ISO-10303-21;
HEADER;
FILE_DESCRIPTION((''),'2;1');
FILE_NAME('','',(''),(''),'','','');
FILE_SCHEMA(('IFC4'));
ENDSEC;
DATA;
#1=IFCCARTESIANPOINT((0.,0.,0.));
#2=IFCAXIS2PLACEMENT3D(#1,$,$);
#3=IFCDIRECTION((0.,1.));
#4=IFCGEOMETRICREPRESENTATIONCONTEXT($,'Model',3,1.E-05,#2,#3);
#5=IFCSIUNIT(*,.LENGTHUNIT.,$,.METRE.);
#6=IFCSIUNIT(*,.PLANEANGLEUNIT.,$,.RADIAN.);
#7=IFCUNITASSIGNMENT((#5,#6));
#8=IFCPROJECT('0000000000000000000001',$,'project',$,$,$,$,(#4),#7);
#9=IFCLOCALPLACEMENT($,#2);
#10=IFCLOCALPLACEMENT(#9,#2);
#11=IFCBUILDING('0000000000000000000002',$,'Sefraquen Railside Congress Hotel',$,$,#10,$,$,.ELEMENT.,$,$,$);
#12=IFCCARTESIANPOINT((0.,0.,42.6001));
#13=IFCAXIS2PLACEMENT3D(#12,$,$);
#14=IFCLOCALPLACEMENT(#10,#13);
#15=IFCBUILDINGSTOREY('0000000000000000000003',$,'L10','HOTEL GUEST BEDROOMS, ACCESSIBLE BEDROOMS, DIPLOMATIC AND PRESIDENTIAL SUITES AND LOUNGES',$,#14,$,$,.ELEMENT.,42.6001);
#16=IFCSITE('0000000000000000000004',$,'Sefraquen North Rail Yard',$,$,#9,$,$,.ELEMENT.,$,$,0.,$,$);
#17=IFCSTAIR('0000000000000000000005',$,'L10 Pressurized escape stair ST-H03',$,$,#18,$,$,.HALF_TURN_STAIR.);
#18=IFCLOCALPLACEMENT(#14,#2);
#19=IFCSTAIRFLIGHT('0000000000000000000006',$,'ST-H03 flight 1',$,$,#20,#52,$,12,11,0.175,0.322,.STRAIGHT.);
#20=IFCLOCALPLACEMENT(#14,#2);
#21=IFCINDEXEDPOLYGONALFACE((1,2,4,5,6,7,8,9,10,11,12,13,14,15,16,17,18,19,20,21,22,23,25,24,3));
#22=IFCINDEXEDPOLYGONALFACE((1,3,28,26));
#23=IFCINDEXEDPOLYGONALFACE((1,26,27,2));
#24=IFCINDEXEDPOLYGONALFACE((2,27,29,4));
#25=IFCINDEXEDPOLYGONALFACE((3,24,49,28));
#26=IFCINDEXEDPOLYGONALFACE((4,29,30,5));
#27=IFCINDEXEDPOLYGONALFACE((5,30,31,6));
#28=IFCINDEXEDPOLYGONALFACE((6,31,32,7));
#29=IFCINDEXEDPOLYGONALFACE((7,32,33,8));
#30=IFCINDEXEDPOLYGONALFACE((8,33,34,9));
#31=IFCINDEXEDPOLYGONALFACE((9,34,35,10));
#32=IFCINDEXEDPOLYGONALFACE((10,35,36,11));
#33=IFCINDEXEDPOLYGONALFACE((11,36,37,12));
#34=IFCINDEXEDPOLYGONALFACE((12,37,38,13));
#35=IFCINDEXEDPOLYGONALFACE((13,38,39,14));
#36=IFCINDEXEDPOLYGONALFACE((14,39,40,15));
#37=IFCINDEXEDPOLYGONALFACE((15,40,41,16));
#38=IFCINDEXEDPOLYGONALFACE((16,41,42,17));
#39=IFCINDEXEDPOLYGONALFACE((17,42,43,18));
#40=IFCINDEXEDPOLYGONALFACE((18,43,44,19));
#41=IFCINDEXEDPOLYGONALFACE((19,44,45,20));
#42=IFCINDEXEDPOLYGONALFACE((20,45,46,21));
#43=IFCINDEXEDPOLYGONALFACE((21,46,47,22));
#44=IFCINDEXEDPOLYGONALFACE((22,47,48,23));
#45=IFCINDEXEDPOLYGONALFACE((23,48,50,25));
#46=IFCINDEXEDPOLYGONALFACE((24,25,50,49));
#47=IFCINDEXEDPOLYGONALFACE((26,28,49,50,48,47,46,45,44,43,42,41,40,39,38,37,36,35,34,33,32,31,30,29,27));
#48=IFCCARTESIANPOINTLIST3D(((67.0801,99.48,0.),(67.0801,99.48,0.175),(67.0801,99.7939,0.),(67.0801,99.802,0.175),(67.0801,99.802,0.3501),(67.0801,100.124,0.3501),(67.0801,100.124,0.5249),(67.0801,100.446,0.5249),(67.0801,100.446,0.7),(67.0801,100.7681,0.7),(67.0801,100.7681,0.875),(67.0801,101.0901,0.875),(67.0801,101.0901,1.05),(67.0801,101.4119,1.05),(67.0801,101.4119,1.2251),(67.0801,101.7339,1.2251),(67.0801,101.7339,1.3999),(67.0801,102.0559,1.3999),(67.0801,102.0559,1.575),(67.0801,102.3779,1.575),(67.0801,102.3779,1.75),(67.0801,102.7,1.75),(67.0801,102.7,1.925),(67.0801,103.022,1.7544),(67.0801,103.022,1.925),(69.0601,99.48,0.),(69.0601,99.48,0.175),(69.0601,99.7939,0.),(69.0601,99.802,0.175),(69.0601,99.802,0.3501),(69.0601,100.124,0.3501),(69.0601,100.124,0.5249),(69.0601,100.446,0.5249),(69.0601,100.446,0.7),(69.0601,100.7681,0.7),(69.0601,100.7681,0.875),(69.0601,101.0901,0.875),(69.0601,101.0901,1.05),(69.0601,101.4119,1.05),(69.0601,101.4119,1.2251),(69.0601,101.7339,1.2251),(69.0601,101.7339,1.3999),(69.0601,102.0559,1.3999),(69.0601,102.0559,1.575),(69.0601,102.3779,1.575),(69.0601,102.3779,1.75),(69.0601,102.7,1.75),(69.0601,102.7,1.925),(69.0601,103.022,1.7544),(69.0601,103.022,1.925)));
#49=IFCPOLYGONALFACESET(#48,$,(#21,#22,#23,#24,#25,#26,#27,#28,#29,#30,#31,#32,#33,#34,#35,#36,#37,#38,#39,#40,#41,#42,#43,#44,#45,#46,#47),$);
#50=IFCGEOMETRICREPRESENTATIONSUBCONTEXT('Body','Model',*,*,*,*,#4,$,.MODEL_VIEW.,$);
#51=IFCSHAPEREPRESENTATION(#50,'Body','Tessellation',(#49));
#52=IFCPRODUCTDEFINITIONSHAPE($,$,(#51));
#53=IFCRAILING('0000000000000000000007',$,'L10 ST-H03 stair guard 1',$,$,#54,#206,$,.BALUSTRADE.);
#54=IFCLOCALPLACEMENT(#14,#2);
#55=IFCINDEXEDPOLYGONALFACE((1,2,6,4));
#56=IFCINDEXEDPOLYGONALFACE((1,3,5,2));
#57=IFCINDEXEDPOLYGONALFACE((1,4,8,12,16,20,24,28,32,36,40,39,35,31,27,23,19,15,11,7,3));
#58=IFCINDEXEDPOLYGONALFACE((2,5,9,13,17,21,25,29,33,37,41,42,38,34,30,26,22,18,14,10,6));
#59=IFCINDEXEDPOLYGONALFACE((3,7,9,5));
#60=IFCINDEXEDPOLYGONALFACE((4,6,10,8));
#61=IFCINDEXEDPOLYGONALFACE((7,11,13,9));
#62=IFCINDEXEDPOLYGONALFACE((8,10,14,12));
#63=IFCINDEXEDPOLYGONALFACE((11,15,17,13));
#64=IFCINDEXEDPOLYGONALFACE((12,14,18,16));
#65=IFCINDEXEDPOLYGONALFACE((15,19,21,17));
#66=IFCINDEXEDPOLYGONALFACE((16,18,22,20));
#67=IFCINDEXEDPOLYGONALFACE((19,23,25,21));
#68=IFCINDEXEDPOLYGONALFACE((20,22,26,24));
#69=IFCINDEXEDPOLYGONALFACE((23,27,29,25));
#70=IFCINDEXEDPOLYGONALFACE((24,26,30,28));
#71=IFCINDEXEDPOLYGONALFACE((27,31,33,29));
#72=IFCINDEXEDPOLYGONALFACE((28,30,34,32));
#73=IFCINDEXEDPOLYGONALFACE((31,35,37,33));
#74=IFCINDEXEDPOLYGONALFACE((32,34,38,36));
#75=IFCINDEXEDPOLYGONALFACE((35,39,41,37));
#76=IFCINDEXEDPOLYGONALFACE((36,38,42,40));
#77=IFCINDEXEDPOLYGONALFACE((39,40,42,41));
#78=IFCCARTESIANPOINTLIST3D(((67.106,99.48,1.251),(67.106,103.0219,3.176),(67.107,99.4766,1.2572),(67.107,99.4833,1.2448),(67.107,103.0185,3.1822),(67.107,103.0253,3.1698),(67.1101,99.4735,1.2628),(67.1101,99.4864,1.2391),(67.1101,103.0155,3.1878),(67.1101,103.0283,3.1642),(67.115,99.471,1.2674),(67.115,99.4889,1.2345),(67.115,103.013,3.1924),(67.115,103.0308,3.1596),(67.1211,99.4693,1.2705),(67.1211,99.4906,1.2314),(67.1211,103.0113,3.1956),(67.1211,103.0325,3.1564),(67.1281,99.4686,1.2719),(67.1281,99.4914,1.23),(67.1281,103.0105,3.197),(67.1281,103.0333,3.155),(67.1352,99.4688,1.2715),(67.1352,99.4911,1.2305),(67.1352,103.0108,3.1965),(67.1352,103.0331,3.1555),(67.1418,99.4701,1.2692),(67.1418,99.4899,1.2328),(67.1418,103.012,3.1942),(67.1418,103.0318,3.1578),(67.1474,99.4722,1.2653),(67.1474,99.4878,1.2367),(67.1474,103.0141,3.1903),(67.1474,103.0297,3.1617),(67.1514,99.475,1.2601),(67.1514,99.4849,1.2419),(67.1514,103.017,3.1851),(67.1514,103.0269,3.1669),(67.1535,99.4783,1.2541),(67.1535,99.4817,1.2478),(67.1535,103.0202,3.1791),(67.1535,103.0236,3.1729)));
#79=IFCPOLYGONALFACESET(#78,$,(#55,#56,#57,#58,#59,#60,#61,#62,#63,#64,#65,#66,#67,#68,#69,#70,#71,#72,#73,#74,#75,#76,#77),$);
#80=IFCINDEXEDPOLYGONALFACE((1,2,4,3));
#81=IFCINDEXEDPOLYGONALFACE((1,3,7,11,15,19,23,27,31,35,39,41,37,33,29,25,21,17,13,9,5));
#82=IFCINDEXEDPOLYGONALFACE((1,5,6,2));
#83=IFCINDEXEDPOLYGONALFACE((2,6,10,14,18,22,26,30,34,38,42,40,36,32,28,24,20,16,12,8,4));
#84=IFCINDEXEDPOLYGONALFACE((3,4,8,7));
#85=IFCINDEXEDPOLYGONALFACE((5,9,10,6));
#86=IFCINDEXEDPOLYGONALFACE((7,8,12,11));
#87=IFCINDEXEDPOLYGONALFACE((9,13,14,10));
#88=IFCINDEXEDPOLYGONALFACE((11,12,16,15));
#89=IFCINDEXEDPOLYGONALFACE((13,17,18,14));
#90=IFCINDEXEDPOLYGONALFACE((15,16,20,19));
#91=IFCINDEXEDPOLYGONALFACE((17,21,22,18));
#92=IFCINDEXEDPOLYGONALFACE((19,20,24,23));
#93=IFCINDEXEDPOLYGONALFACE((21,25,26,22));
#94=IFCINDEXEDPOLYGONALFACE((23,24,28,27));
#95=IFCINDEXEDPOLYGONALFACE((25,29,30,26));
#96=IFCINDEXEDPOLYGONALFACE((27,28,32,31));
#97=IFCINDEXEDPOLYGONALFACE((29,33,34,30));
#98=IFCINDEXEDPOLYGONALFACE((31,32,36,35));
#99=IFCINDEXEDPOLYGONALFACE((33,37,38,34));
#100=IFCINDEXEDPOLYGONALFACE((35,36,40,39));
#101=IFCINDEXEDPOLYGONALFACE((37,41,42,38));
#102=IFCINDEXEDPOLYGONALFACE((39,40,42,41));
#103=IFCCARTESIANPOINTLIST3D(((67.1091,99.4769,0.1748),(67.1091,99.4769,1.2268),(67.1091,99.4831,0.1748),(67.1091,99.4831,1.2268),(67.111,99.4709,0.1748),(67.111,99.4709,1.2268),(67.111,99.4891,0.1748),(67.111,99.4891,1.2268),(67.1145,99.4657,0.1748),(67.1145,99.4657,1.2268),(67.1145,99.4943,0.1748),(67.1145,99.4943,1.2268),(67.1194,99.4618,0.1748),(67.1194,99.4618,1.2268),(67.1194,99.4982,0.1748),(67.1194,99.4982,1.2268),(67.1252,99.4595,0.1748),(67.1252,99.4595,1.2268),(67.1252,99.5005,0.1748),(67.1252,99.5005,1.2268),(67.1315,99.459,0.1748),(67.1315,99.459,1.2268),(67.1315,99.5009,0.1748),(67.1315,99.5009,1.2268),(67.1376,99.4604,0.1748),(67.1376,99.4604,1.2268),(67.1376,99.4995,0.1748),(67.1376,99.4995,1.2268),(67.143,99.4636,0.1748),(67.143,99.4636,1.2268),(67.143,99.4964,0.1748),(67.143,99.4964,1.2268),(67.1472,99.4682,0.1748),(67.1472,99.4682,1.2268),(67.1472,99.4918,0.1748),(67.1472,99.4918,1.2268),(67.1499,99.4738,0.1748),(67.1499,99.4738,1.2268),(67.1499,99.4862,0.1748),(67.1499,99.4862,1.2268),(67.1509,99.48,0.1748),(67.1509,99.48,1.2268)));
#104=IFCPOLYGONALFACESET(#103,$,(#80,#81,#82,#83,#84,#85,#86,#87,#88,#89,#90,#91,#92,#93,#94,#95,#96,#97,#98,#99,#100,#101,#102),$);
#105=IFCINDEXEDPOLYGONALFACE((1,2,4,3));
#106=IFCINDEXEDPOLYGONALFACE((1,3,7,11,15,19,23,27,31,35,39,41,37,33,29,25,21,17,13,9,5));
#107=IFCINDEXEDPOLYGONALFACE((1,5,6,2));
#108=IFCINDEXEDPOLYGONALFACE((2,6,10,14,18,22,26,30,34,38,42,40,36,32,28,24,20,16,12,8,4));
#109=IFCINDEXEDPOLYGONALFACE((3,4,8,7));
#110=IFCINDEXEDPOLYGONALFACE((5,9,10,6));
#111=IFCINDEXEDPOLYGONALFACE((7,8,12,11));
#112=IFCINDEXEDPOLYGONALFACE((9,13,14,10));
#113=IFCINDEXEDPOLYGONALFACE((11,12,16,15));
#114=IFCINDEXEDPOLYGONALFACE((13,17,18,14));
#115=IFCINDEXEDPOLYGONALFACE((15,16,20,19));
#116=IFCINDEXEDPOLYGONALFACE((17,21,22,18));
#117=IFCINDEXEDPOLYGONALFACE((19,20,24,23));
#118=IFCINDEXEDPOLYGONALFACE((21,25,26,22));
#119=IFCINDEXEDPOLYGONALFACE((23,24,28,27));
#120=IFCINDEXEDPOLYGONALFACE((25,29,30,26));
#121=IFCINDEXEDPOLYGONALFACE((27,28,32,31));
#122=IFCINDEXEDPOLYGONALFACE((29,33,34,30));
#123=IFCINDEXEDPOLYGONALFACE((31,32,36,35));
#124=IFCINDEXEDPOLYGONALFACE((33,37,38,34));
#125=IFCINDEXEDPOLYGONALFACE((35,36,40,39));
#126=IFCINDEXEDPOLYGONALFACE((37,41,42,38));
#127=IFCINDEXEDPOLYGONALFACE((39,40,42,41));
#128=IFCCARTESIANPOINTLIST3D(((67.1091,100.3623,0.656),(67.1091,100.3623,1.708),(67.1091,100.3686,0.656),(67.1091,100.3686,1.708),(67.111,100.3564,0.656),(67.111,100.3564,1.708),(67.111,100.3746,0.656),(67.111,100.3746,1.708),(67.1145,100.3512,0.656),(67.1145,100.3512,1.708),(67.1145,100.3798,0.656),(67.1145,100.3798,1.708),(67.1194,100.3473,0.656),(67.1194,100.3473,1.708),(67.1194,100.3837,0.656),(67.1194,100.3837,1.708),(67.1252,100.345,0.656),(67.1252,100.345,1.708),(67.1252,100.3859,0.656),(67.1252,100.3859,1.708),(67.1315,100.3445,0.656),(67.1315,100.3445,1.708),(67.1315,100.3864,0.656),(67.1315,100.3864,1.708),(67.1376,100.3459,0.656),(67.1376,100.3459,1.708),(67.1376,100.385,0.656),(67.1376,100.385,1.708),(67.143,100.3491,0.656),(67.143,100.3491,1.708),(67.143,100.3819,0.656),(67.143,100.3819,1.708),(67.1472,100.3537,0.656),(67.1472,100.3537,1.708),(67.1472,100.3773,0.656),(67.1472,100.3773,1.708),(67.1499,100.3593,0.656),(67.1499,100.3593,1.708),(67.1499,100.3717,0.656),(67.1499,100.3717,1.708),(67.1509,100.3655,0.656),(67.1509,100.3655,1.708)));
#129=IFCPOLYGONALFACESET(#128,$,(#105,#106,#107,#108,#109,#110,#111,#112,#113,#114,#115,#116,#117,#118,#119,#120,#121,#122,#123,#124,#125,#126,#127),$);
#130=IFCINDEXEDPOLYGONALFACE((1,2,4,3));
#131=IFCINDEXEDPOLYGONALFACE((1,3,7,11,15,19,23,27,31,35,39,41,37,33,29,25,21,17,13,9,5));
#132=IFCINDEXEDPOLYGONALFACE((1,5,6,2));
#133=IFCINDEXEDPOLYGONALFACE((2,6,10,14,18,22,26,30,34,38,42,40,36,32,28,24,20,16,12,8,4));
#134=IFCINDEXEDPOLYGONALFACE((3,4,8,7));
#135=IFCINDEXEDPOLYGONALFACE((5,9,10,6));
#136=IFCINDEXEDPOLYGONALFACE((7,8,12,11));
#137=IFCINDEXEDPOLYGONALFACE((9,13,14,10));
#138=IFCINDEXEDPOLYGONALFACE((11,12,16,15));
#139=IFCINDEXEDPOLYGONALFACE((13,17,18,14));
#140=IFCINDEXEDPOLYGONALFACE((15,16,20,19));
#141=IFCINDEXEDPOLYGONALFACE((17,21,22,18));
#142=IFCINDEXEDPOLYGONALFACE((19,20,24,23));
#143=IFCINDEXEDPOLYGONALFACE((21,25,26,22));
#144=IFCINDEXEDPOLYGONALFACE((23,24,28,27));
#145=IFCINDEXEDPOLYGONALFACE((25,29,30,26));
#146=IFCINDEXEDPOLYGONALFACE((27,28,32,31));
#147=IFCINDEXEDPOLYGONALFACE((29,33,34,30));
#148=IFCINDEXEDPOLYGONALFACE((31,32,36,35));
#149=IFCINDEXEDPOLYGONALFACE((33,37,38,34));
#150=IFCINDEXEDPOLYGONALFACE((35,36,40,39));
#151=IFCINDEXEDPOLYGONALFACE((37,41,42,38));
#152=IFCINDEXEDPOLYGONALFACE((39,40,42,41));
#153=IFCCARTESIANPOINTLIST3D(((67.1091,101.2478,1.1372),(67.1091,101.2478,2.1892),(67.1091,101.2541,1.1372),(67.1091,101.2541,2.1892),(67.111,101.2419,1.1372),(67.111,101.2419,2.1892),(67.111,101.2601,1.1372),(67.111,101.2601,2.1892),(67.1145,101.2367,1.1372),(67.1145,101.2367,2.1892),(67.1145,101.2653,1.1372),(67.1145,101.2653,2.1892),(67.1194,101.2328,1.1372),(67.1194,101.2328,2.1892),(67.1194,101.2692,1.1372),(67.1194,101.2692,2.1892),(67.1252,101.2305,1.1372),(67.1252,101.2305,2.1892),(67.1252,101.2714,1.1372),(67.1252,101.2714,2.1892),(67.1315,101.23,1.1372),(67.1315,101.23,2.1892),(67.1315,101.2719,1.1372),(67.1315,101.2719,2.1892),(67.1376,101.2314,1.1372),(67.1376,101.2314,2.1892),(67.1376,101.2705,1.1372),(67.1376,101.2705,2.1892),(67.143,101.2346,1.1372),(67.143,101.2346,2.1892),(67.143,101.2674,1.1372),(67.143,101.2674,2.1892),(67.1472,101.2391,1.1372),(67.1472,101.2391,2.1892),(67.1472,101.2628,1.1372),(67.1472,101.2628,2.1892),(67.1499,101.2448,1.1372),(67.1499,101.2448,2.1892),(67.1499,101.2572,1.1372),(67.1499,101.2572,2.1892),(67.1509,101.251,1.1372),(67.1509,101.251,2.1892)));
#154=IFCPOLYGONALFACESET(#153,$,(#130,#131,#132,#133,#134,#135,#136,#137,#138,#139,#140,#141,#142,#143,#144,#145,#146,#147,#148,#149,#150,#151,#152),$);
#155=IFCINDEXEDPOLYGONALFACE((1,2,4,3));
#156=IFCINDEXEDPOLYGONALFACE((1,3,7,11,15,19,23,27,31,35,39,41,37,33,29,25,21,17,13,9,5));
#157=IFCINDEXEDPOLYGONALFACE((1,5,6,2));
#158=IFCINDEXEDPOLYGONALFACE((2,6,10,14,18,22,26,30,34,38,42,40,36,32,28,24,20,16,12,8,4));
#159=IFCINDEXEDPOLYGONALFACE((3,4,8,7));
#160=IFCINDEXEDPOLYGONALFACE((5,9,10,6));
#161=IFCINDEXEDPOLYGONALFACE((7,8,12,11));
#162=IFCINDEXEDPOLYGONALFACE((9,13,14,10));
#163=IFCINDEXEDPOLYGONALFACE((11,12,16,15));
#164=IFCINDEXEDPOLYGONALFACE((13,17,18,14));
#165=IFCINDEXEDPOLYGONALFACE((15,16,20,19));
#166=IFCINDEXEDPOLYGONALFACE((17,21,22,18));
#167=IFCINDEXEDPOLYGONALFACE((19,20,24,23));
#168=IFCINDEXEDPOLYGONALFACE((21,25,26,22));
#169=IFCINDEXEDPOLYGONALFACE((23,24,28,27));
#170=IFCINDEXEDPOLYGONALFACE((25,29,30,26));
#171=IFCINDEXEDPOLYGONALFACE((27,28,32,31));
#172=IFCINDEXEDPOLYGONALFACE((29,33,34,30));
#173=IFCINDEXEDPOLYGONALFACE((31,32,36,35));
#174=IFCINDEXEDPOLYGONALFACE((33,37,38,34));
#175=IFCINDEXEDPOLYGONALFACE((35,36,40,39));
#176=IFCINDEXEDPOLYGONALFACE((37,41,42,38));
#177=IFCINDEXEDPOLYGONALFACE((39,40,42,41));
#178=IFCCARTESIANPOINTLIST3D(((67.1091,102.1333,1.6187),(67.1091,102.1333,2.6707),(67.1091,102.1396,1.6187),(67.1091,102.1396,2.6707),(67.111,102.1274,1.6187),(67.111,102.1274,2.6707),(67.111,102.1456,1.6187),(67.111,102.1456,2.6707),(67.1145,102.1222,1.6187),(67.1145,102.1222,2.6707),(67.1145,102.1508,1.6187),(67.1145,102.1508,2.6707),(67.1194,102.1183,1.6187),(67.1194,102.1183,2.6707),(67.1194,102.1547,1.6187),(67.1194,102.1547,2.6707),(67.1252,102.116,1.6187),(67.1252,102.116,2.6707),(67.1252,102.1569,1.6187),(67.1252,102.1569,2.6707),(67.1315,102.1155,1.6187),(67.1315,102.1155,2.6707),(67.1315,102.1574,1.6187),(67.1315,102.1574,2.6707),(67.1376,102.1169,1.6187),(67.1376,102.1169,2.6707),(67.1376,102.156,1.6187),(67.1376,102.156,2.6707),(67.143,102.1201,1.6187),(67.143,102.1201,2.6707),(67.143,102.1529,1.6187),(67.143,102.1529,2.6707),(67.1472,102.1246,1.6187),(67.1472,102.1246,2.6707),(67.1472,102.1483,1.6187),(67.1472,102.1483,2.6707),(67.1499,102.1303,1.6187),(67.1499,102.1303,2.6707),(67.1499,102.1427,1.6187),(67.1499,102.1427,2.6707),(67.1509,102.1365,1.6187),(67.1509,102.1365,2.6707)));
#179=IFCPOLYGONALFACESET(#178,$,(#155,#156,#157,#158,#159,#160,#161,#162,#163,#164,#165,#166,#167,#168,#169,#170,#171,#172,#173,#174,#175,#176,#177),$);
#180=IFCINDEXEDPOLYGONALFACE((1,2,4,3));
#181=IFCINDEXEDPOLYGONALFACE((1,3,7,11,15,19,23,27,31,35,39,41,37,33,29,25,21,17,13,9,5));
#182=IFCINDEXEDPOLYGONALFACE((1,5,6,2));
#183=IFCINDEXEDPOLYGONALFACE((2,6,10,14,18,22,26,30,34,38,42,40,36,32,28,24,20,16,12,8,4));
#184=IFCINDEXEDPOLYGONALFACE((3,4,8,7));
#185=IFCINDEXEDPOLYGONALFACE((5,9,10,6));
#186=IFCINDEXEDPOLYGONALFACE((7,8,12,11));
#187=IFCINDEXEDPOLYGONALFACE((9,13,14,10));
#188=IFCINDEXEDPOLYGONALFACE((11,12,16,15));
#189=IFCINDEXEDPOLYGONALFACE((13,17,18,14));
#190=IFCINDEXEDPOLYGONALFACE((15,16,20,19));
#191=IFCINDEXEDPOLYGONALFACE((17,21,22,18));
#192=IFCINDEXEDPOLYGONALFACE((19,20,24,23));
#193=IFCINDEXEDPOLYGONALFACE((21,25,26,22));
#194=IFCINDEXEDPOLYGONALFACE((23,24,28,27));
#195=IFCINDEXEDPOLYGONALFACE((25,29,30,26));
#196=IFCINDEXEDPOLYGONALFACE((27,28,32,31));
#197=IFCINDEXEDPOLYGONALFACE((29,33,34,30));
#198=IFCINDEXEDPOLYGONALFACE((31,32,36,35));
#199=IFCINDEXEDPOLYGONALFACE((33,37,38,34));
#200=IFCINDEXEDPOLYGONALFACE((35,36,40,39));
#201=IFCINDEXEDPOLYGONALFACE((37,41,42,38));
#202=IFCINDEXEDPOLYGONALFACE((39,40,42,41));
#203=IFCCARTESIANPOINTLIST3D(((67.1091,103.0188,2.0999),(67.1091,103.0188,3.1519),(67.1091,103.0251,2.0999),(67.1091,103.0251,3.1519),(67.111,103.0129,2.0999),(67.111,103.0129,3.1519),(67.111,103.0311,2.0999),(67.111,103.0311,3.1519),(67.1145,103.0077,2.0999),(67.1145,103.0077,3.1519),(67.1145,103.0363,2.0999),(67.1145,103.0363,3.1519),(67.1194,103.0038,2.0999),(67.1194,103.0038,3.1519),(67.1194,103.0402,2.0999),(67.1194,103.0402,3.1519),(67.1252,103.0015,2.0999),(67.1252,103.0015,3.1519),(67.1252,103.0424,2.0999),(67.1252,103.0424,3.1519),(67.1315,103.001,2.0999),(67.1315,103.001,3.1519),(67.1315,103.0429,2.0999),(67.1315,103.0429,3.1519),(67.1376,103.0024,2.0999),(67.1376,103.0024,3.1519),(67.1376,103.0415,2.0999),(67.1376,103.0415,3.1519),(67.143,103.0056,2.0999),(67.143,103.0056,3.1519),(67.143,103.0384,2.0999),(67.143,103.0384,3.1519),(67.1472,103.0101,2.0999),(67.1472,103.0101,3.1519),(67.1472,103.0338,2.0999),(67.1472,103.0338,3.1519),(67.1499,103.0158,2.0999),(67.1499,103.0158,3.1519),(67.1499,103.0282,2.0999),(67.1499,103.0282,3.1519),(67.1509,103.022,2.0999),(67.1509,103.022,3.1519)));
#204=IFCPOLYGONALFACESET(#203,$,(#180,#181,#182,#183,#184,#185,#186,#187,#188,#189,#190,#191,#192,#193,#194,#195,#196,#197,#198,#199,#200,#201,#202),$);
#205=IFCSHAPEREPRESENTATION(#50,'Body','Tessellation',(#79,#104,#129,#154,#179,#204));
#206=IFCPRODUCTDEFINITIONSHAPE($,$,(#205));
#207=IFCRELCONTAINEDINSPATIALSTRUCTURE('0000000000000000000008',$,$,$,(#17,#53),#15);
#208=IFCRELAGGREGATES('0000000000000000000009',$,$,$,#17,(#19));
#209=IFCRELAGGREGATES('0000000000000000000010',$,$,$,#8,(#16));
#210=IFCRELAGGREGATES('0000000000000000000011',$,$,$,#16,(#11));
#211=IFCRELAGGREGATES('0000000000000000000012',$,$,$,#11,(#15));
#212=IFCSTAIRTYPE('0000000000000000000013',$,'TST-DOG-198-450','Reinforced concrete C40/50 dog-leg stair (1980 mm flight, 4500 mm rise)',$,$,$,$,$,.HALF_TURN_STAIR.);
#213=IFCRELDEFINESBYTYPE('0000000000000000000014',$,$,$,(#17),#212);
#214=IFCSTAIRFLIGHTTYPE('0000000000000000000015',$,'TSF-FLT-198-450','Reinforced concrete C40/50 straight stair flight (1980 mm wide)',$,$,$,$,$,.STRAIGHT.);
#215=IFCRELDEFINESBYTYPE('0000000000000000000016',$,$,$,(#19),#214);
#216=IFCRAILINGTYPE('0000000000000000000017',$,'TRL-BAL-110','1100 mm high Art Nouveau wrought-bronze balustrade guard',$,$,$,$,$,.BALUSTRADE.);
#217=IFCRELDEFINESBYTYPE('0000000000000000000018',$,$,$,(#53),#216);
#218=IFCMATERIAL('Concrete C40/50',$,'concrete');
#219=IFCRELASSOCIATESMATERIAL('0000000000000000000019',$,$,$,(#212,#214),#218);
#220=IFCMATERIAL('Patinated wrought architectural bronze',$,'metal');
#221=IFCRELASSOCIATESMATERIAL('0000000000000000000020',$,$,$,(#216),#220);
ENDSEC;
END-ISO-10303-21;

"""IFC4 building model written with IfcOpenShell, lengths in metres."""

from ifc_helpers import new_model, si_unit, direction, frame, origin, origin_2d, place, context, subcontext, project, spatial, polyline, circle, outline, extrude, material, type_object, element, aggregate, save


model = new_model("IFC4")

# Units and contexts
model_context = context("Model", 3, precision=1e-05, world=origin(), true_north=direction((0.0, 1.0)))
body_context = subcontext(model_context, "Body", "Model", "MODEL_VIEW")
ifc_project = project(units=[si_unit("LENGTHUNIT", "METRE"), si_unit("PLANEANGLEUNIT", "RADIAN")], contexts=[model_context])

# Site, building, storey
site_placement = place(None, origin())
site = spatial("IfcSite", under=ifc_project, at=site_placement, Name="Sefraquen North Rail Yard", CompositionType="ELEMENT", RefElevation=0.0)
building_placement = place(site_placement, origin())
building = spatial("IfcBuilding", under=site, at=building_placement, Name="Sefraquen Railside Congress Hotel", CompositionType="ELEMENT")
storey_placement = place(building_placement, frame((0.0, 0.0, 42.6001)))
storey = spatial("IfcBuildingStorey", under=building, at=storey_placement, Name="L10", Description="HOTEL GUEST BEDROOMS, ACCESSIBLE BEDROOMS, DIPLOMATIC AND PRESIDENTIAL SUITES AND LOUNGES", CompositionType="ELEMENT", Elevation=42.6001)

# Stair, stair flight
ifc_material_1 = material(Name="Concrete C40/50", Category="concrete")
stair_type = type_object("IfcStairType", Name="TST-DOG-198-450", Description="Reinforced concrete C40/50 dog-leg stair (1980 mm flight, 4500 mm rise)", PredefinedType="HALF_TURN_STAIR", material=ifc_material_1)
stair_placement = place(storey_placement, origin())
stair = element("IfcStair", 1, at=stair_placement, inside=storey, type_object=stair_type, Name="L10 Pressurized escape stair ST-H03", PredefinedType="HALF_TURN_STAIR")
stair_flight_type = type_object("IfcStairFlightType", Name="TSF-FLT-198-450", Description="Reinforced concrete C40/50 straight stair flight (1980 mm wide)", PredefinedType="STRAIGHT", material=ifc_material_1)
stair_flight_placement = place(storey_placement, frame((68.0701, 99.48, 0.0), z_axis=(0.0, 0.0, 1.0), x_axis=(0.0, 1.0, 0.0)))
stair_flight = element("IfcStairFlight", 2, at=stair_flight_placement, type_object=stair_flight_type, Name="ST-H03 flight 1", NumberOfRisers=12, NumberOfTreads=11, PredefinedType="STRAIGHT", RiserHeight=0.175, TreadLength=0.322, context=body_context, shape_type="SweptSolid", body=[
    extrude(outline(polyline([(0.0, 0.0), (0.0, 0.175), (0.322, 0.175), (0.322, 0.3501), (0.644, 0.3501), (0.644, 0.5249), (0.9661, 0.5249), (0.9661, 0.7), (1.2881, 0.7), (1.2881, 0.875), (1.6101, 0.875), (1.6101, 1.05), (1.9319, 1.05), (1.9319, 1.2251), (2.2539, 1.2251), (2.2539, 1.3999), (2.5759, 1.3999), (2.5759, 1.575), (2.8979, 1.575), (2.8979, 1.75), (3.22, 1.75), (3.22, 1.925), (3.542, 1.925), (3.542, 2.1001), (3.542, 1.7544), (0.314, 0.0), (0.0, 0.0)])), frame((0.0, 0.99, 0.0), z_axis=(0.0, -1.0, 0.0), x_axis=(1.0, 0.0, 0.0)), (0.0, 0.0, 1.0), 1.98),
])
aggregate(stair, [stair_flight])

# Railing
ifc_material_2 = material(Name="Patinated wrought architectural bronze", Category="metal")
railing_type_1 = type_object("IfcRailingType", Name="TRL-BAL-110", Description="1100 mm high Art Nouveau wrought-bronze balustrade guard", PredefinedType="BALUSTRADE", material=ifc_material_2)
railing_1_placement = place(storey_placement, frame((67.1299, 99.48, 0.1748)))
element("IfcRailing", 3, at=railing_1_placement, inside=storey, type_object=railing_type_1, Name="L10 ST-H03 stair guard 1", PredefinedType="BALUSTRADE", context=body_context, shape_type="SweptSolid", body=[
    extrude(circle(Radius=0.0239, at=origin_2d()), frame((0.0, 0.0, 1.0762), z_axis=(0.0, 0.878619, 0.477523), x_axis=(-1.0, 0.0, 0.0)), (0.0, 0.0, 1.0), 4.0312),
    extrude(circle(Radius=0.021, at=origin_2d()), origin(), (0.0, 0.0, 1.0), 1.052),
    extrude(circle(Radius=0.021, at=origin_2d()), frame((0.0, 0.8855, 0.4812)), (0.0, 0.0, 1.0), 1.052),
    extrude(circle(Radius=0.021, at=origin_2d()), frame((0.0, 1.771, 0.9624)), (0.0, 0.0, 1.0), 1.052),
    extrude(circle(Radius=0.021, at=origin_2d()), frame((0.0, 2.6565, 1.4438)), (0.0, 0.0, 1.0), 1.052),
    extrude(circle(Radius=0.021, at=origin_2d()), frame((0.0, 3.542, 1.925)), (0.0, 0.0, 1.0), 1.052),
])

save(model, "model.ifc")
